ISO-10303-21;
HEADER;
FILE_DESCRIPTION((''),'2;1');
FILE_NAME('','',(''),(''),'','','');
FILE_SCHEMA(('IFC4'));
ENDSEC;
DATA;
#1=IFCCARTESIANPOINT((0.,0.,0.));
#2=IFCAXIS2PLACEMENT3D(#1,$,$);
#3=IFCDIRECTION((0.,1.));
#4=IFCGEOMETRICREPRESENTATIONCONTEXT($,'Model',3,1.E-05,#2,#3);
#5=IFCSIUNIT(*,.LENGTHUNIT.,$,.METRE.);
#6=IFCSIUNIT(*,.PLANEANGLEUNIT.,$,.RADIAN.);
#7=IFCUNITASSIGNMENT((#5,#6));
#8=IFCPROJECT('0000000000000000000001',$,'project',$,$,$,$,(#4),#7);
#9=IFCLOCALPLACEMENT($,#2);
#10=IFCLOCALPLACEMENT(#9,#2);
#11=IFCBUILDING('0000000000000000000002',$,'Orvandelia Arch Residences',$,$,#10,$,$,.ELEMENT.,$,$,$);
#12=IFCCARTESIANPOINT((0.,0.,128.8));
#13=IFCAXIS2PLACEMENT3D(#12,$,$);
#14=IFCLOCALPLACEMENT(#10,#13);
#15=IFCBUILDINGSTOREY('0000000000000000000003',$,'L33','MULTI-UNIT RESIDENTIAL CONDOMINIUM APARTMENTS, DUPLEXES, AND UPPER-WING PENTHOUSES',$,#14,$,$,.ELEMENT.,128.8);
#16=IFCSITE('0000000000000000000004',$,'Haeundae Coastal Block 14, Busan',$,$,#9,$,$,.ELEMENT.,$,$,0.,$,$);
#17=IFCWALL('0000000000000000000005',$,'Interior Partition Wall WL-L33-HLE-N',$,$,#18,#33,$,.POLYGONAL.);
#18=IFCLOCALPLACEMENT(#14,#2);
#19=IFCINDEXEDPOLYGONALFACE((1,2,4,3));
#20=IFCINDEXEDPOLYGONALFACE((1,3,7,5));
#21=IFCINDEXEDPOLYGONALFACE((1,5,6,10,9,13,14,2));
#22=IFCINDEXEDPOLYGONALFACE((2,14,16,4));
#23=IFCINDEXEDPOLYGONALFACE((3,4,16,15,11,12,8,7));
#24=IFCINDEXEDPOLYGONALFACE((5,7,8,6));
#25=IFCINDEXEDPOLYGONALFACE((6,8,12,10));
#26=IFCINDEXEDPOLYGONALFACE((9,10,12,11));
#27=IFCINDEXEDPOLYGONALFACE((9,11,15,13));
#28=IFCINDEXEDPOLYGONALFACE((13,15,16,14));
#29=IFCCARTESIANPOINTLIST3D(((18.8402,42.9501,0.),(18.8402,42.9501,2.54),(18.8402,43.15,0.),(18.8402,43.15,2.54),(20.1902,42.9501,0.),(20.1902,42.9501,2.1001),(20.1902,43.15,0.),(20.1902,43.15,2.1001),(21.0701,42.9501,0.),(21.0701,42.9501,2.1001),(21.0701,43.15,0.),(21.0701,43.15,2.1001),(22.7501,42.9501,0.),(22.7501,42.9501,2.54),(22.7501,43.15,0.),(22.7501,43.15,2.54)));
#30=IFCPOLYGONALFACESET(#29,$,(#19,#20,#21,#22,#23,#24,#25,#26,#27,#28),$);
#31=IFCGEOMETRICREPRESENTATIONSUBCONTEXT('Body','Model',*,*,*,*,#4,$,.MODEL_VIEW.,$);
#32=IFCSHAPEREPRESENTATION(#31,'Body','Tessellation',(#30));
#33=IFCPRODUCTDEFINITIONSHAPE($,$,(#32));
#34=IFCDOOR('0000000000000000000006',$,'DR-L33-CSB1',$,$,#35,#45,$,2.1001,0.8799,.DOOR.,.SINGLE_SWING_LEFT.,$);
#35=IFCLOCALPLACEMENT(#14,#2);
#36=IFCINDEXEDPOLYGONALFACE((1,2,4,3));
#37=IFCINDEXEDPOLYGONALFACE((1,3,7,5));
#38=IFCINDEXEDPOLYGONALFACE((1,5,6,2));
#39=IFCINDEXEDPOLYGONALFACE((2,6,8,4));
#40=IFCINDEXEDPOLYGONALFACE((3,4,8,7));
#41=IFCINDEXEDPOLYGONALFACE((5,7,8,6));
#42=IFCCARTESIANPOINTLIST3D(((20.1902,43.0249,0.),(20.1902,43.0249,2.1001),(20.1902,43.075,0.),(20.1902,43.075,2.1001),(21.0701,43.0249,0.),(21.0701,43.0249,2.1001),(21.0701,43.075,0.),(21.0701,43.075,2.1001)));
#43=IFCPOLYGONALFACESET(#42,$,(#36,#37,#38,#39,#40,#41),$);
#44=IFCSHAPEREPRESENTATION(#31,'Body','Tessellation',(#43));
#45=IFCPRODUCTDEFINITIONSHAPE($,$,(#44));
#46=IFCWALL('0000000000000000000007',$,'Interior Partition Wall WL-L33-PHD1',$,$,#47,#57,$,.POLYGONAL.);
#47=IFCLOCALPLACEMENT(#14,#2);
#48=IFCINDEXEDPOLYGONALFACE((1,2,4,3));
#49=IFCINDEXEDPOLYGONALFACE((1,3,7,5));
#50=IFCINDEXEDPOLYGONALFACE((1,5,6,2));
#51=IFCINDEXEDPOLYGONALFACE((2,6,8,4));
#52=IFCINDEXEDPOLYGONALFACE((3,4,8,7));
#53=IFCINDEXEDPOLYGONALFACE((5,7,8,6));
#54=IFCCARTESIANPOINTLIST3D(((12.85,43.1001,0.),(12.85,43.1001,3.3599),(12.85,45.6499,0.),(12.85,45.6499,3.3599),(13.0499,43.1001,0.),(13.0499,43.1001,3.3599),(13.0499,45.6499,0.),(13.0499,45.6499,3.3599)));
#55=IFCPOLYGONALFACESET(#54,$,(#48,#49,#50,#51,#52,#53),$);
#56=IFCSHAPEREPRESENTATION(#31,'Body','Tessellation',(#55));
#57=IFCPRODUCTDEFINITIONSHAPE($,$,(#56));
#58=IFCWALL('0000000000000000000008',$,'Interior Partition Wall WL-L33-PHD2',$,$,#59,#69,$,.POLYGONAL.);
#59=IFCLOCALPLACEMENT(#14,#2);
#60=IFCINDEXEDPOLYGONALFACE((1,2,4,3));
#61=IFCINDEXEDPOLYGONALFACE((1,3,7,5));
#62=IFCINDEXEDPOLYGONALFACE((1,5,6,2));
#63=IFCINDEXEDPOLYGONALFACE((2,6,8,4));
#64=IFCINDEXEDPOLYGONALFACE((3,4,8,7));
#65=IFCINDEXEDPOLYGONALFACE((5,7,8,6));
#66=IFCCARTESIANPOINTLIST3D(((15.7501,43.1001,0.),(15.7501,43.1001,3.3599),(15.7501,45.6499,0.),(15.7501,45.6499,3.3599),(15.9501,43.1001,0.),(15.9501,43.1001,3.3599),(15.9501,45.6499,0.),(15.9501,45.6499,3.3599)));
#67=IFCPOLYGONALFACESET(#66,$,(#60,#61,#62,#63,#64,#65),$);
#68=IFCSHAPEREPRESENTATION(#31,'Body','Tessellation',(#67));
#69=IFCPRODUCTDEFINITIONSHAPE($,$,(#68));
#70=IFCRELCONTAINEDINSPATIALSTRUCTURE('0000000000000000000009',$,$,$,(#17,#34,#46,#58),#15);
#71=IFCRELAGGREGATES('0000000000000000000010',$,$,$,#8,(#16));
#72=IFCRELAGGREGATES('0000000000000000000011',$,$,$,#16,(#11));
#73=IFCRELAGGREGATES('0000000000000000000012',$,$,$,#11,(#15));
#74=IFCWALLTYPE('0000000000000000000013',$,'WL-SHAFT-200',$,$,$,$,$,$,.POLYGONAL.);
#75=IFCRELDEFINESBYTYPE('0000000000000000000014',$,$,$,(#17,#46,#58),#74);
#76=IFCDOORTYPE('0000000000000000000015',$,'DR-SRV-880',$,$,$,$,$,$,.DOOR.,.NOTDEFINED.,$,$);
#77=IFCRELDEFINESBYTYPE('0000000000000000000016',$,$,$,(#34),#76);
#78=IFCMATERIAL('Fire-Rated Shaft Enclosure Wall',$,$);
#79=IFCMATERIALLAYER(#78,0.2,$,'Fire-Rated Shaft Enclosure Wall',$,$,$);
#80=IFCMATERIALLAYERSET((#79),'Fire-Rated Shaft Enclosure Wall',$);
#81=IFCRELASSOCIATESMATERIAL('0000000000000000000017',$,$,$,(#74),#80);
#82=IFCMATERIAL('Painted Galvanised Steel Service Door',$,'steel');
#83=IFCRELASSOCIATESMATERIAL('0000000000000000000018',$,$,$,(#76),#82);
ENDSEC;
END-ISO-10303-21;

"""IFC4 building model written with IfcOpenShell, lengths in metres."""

from ifc_helpers import new_model, si_unit, direction, frame, frame_2d, origin, place, context, subcontext, project, spatial, rectangle, extrude, material, layer, layer_set, type_object, element, fill, save


model = new_model("IFC4")

# Units and contexts
model_context = context("Model", 3, precision=1e-05, world=origin(), true_north=direction((0.0, 1.0)))
body_context = subcontext(model_context, "Body", "Model", "MODEL_VIEW")
ifc_project = project(units=[si_unit("LENGTHUNIT", "METRE"), si_unit("PLANEANGLEUNIT", "RADIAN")], contexts=[model_context])

# Site, building, storey
site_placement = place(None, origin())
site = spatial("IfcSite", under=ifc_project, at=site_placement, Name="Haeundae Coastal Block 14, Busan", CompositionType="ELEMENT", RefElevation=0.0)
building_placement = place(site_placement, origin())
building = spatial("IfcBuilding", under=site, at=building_placement, Name="Orvandelia Arch Residences", CompositionType="ELEMENT")
storey_placement = place(building_placement, frame((0.0, 0.0, 128.8)))
storey = spatial("IfcBuildingStorey", under=building, at=storey_placement, Name="L33", Description="MULTI-UNIT RESIDENTIAL CONDOMINIUM APARTMENTS, DUPLEXES, AND UPPER-WING PENTHOUSES", CompositionType="ELEMENT", Elevation=128.8)

# Shared definitions
ifc_material_1 = material(Name="Fire-Rated Shaft Enclosure Wall")
ifc_layer_1 = layer(ifc_material_1, 0.2, Name="Fire-Rated Shaft Enclosure Wall")
ifc_layer_set_1 = layer_set([ifc_layer_1], Name="Fire-Rated Shaft Enclosure Wall")
wall_type_1 = type_object("IfcWallType", Name="WL-SHAFT-200", PredefinedType="POLYGONAL", material=ifc_layer_set_1)

# Shared definitions
ifc_material_2 = material(Name="Painted Galvanised Steel Service Door", Category="steel")
door_type_1 = type_object("IfcDoorType", Name="DR-SRV-880", OperationType="NOTDEFINED", PredefinedType="DOOR", material=ifc_material_2)

# Wall, opening, door
wall_1_placement = place(storey_placement, frame((18.8401, 43.05, 0.0), z_axis=(0.0, 0.0, 1.0), x_axis=(1.0, 0.0, 0.0)))
wall_1 = element("IfcWall", 1, at=wall_1_placement, inside=storey, type_object=wall_type_1, Name="Interior Partition Wall WL-L33-HLE-N", PredefinedType="POLYGONAL", context=body_context, shape_type="SweptSolid", body=[
    extrude(rectangle(XDim=3.9099, YDim=0.2, at=frame_2d((1.9551, 0.0))), origin(), (0.0, 0.0, 1.0), 2.54),
])
opening_1_placement = place(wall_1_placement, frame((1.3501, 0.0, 0.0)))
opening_1 = element("IfcOpeningElement", 2, at=opening_1_placement, cuts=wall_1, PredefinedType="OPENING", context=body_context, shape_type="SweptSolid", body=[
    extrude(rectangle(XDim=0.8799, YDim=2.1001, at=frame_2d((0.4399, 1.05))), frame((0.0, 0.1099, 0.0), z_axis=(0.0, -1.0, 0.0), x_axis=(1.0, 0.0, 0.0)), (0.0, 0.0, 1.0), 0.22),
])
door_1_placement = place(opening_1_placement, origin())
door_1 = element("IfcDoor", 3, at=door_1_placement, inside=storey, type_object=door_type_1, Name="DR-L33-CSB1", OperationType="SINGLE_SWING_LEFT", OverallHeight=2.1001, OverallWidth=0.8799, PredefinedType="DOOR", context=body_context, shape_type="SweptSolid", body=[
    extrude(rectangle(XDim=0.8799, YDim=2.1001, at=frame_2d((0.4399, 1.05))), frame((0.0, 0.0249, 0.0), z_axis=(0.0, -1.0, 0.0), x_axis=(1.0, 0.0, 0.0)), (0.0, 0.0, 1.0), 0.05),
])
fill(opening_1, door_1)

# Walls
for number, where, z_axis, x_axis, name in (
    (4, (12.95, 43.1001, 0.0), (0.0, 0.0, 1.0), (0.0, 1.0, 0.0), "Interior Partition Wall WL-L33-PHD1"),
    (5, (15.8501, 43.1001, 0.0), (0.0, 0.0, 1.0), (0.0, 1.0, 0.0), "Interior Partition Wall WL-L33-PHD2"),
):
    element("IfcWall", number, at=place(storey_placement, frame(where, z_axis=z_axis, x_axis=x_axis)), inside=storey, type_object=wall_type_1, Name=name, PredefinedType="POLYGONAL", context=body_context, shape_type="SweptSolid", body=[
        extrude(rectangle(XDim=2.5498, YDim=0.2, at=frame_2d((1.2749, 0.0))), origin(), (0.0, 0.0, 1.0), 3.3599),
    ])

save(model, "model.ifc")
